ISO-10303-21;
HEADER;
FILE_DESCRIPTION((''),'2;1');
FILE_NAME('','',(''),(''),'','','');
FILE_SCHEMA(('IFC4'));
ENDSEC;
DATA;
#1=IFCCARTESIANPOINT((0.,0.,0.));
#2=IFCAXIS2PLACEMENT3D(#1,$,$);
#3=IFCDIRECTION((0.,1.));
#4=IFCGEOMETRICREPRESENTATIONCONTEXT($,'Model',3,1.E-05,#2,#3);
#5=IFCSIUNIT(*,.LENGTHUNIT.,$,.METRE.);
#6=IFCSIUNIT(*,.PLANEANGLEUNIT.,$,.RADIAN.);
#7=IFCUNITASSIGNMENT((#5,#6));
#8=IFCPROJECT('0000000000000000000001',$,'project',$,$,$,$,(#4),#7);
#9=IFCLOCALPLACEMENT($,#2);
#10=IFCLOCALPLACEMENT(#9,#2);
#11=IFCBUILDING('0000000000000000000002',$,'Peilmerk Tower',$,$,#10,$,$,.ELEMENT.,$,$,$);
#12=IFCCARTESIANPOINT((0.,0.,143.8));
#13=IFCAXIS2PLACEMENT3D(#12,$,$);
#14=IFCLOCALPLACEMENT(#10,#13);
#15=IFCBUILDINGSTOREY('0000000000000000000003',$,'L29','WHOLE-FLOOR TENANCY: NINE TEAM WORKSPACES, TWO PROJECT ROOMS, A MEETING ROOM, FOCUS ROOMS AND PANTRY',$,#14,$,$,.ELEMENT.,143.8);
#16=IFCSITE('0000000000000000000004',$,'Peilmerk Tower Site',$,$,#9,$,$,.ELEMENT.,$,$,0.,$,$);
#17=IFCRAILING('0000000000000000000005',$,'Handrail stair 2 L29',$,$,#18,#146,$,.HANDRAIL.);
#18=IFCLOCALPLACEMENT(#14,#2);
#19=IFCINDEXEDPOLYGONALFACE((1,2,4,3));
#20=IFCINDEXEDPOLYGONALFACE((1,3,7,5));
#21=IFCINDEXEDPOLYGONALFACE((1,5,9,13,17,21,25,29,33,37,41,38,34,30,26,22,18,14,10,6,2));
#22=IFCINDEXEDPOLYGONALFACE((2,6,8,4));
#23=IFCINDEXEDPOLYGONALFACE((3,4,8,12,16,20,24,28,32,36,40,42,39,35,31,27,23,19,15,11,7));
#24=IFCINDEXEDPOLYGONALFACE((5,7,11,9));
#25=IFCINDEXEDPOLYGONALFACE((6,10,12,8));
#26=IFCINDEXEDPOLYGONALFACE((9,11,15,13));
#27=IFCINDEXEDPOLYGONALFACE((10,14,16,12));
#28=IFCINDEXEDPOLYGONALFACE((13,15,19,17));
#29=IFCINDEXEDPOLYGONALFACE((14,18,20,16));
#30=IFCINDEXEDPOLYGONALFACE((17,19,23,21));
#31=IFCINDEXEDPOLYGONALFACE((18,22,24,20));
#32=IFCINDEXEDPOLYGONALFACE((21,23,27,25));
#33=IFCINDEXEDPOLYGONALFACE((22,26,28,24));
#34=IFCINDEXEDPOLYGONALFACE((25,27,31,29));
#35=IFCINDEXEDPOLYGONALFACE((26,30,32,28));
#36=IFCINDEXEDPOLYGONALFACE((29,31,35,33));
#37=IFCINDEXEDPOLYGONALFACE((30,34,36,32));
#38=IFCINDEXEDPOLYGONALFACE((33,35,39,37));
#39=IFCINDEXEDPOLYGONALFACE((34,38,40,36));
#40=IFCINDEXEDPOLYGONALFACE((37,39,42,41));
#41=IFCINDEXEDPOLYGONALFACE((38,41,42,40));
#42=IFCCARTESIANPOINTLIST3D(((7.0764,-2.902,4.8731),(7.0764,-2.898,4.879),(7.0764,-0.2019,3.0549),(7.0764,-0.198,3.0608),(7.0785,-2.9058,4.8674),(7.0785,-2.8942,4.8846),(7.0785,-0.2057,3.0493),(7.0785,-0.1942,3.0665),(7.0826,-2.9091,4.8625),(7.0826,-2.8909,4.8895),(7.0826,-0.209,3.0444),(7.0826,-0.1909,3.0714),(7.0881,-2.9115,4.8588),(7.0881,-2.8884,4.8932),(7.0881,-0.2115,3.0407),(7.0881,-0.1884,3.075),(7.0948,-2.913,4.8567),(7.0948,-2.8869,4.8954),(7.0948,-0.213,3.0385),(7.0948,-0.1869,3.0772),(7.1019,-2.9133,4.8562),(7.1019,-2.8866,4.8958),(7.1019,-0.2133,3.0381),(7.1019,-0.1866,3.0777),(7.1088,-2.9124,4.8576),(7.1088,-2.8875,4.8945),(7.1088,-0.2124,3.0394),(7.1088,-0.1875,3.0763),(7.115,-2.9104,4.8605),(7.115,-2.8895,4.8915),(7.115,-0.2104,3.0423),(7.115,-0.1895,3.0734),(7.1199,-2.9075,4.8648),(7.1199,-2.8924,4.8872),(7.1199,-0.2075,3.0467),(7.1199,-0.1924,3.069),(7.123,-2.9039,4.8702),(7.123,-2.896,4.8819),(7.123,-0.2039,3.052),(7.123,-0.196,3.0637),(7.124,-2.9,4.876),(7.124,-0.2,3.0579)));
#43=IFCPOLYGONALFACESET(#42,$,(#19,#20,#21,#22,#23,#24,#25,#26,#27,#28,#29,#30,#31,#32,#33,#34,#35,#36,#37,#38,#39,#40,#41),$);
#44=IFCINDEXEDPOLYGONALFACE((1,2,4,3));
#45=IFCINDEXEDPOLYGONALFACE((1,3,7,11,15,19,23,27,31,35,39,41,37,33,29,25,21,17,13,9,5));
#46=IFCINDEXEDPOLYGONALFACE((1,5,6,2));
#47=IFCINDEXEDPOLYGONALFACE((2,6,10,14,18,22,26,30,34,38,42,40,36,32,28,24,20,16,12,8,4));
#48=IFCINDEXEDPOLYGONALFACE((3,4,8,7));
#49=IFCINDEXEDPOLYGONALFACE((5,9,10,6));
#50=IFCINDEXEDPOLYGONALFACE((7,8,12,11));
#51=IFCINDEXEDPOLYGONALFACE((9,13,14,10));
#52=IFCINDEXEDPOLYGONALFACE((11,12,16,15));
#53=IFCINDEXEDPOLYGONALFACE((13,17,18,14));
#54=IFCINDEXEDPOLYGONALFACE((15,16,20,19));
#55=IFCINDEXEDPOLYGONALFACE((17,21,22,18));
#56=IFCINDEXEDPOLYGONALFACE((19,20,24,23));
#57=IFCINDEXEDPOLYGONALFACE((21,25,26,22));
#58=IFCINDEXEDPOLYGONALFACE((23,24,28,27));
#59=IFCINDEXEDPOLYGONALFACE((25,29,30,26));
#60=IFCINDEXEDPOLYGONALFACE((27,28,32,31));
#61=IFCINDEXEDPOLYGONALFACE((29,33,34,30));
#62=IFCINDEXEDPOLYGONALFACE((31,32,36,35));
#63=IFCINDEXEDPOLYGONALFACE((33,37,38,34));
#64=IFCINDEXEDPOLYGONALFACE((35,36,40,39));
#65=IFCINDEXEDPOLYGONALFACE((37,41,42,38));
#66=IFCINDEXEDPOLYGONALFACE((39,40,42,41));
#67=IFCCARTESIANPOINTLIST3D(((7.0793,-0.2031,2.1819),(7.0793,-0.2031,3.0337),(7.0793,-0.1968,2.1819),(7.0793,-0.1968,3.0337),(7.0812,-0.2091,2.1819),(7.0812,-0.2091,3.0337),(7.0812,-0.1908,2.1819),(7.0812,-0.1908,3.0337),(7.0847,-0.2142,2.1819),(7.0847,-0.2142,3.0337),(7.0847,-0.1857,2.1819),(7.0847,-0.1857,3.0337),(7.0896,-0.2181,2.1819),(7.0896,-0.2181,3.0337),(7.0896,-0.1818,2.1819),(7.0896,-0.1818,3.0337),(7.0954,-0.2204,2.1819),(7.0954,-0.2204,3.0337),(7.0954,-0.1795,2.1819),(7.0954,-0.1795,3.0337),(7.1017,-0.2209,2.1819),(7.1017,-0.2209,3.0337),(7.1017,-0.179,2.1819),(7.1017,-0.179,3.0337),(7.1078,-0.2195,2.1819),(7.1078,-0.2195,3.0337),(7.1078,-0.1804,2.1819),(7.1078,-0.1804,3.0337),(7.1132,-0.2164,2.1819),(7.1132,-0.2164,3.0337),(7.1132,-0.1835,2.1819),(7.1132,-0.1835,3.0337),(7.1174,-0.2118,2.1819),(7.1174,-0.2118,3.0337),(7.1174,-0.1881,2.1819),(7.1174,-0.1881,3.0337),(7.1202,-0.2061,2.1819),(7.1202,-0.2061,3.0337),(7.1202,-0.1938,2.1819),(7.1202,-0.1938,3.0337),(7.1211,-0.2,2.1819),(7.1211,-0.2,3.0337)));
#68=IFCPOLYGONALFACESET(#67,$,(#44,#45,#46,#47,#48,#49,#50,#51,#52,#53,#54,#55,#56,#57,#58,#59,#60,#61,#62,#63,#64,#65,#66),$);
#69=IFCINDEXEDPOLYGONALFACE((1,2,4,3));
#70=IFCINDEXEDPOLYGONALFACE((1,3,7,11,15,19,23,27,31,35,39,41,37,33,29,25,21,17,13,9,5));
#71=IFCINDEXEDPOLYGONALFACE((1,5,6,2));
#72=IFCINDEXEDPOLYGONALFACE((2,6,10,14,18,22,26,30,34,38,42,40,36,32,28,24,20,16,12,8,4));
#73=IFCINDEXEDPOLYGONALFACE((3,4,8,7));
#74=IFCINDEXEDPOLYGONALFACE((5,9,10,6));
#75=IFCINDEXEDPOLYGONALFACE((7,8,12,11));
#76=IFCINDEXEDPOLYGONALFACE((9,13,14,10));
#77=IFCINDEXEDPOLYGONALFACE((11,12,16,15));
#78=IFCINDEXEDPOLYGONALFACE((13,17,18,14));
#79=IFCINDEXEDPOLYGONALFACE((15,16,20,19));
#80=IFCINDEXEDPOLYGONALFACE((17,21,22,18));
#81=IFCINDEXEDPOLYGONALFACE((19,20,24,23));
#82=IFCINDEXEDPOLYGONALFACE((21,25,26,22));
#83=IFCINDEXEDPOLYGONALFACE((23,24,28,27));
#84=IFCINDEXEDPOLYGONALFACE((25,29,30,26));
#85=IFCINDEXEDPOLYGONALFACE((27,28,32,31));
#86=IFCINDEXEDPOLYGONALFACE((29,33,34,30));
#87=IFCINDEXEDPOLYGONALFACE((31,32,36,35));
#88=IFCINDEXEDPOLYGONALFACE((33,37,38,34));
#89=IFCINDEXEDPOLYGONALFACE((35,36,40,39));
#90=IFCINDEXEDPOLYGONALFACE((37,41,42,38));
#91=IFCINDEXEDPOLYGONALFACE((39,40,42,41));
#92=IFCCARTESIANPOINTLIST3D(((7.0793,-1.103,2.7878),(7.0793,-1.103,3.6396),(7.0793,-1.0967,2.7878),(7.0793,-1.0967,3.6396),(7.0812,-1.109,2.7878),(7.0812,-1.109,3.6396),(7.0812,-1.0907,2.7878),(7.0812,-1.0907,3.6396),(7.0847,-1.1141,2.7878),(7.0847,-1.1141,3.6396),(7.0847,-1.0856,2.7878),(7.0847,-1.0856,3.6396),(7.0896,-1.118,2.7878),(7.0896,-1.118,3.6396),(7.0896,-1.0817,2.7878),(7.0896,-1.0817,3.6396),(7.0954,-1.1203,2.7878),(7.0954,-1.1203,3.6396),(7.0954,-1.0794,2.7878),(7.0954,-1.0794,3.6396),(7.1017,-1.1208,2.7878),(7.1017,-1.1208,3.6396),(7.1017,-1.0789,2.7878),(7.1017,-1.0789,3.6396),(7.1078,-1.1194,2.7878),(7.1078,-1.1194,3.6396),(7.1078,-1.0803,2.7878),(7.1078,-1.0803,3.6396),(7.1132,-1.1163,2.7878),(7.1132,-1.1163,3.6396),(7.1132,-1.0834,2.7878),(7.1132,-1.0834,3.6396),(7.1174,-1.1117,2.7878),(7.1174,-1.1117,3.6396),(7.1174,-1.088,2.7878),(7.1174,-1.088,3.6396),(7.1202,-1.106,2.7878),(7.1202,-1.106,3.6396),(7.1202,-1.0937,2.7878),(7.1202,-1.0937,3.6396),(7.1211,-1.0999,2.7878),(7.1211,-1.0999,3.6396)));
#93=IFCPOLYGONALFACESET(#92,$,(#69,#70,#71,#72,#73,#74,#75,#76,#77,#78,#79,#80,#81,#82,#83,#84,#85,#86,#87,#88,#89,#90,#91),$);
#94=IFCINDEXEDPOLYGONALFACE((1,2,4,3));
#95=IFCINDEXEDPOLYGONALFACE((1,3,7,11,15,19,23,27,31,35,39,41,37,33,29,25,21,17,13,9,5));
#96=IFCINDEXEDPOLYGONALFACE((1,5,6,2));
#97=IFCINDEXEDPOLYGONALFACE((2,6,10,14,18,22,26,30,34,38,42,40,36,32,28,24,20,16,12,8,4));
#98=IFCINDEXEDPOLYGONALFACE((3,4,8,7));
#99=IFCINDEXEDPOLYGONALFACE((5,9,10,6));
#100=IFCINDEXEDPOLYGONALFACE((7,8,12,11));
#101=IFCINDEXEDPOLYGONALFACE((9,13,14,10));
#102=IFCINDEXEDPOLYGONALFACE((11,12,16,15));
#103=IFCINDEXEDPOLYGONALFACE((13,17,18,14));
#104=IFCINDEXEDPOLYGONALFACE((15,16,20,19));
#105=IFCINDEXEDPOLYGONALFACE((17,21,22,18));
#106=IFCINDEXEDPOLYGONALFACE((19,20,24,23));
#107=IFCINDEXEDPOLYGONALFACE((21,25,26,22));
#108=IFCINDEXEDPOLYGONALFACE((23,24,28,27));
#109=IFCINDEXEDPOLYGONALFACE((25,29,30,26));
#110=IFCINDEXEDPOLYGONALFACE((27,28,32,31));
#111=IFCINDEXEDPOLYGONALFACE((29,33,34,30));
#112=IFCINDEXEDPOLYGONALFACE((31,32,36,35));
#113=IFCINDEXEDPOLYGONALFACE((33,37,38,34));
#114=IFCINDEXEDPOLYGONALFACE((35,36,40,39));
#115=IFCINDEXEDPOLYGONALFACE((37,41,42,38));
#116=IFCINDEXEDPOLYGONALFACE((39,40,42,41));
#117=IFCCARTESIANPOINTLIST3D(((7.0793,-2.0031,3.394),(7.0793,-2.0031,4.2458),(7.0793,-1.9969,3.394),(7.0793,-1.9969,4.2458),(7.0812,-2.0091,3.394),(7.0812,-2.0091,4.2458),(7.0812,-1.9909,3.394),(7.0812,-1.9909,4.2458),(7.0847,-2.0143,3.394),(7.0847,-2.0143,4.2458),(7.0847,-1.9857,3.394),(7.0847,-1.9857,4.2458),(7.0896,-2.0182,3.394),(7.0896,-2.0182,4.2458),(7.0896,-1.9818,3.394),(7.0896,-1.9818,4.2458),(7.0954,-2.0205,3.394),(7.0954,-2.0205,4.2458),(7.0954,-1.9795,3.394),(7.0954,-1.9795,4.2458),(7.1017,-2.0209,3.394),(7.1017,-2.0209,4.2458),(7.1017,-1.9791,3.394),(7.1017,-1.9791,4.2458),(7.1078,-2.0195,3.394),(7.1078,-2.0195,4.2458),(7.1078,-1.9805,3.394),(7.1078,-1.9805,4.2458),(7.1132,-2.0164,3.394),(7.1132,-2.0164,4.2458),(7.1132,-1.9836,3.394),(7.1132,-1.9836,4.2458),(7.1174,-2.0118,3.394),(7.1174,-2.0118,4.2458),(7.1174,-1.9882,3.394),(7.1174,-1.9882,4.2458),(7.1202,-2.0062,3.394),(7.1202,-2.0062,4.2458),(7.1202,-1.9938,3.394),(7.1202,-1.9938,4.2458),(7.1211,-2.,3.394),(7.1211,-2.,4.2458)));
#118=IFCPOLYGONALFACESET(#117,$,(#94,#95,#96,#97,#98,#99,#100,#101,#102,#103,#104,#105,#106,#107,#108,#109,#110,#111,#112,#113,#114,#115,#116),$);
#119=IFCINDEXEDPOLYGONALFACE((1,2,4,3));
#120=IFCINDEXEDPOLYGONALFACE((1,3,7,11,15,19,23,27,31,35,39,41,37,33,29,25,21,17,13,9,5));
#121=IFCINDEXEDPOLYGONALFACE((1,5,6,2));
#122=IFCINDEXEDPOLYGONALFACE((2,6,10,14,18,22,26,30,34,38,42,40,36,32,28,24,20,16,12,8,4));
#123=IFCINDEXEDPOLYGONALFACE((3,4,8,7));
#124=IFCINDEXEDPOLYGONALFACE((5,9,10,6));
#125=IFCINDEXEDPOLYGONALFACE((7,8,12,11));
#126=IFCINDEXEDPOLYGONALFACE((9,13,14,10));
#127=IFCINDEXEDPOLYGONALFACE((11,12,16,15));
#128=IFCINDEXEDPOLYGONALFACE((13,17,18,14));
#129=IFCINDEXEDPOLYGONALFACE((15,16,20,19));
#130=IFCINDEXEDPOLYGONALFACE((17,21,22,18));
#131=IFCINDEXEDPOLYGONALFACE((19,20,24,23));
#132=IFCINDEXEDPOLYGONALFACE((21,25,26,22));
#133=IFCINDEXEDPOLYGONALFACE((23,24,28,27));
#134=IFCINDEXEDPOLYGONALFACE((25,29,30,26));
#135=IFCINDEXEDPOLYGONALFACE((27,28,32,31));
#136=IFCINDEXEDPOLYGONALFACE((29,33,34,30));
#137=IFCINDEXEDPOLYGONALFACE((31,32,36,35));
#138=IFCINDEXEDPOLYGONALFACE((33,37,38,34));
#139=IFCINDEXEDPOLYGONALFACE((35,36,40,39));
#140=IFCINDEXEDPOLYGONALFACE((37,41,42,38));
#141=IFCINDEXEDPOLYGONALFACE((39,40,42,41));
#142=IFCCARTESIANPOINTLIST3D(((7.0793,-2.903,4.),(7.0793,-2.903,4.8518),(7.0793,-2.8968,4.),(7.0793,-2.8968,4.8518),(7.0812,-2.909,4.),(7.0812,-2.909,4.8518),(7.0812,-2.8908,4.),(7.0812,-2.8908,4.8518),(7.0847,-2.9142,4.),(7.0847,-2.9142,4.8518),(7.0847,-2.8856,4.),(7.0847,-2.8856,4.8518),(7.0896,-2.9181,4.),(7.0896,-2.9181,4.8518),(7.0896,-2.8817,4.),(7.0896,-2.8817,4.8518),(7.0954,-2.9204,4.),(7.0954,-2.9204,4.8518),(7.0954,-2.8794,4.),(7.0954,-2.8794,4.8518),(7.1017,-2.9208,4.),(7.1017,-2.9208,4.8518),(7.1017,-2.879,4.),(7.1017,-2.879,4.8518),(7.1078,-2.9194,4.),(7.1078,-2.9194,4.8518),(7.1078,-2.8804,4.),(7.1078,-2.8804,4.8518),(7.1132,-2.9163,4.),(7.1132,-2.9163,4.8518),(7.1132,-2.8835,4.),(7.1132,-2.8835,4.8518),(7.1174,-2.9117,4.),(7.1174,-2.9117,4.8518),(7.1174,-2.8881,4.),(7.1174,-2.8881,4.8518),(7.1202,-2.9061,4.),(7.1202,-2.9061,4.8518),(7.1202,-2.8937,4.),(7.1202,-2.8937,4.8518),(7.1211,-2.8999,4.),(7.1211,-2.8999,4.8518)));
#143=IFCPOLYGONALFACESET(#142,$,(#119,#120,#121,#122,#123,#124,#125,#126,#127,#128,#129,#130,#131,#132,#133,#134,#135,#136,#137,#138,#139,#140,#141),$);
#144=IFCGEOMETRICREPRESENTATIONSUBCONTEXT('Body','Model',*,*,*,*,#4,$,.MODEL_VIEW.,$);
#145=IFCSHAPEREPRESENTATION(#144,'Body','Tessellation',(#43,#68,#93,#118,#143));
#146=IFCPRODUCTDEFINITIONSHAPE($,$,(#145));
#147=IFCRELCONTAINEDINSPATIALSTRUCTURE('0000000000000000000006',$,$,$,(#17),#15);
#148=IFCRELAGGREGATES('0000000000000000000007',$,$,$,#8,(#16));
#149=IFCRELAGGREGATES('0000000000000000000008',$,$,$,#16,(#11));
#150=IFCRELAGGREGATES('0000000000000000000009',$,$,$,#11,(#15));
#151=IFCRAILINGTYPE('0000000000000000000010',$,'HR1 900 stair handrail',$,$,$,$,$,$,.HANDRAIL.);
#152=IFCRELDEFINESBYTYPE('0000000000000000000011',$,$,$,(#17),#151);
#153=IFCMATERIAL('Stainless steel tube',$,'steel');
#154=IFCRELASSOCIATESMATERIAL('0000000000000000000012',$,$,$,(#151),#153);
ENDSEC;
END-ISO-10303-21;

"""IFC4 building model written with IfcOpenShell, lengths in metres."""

from ifc_helpers import new_model, si_unit, direction, frame, origin, origin_2d, place, context, subcontext, project, spatial, circle, extrude, material, type_object, element, save


model = new_model("IFC4")

# Units and contexts
model_context = context("Model", 3, precision=1e-05, world=origin(), true_north=direction((0.0, 1.0)))
body_context = subcontext(model_context, "Body", "Model", "MODEL_VIEW")
ifc_project = project(units=[si_unit("LENGTHUNIT", "METRE"), si_unit("PLANEANGLEUNIT", "RADIAN")], contexts=[model_context])

# Site, building, storey
site_placement = place(None, origin())
site = spatial("IfcSite", under=ifc_project, at=site_placement, Name="Peilmerk Tower Site", CompositionType="ELEMENT", RefElevation=0.0)
building_placement = place(site_placement, origin())
building = spatial("IfcBuilding", under=site, at=building_placement, Name="Peilmerk Tower", CompositionType="ELEMENT")
storey_placement = place(building_placement, frame((0.0, 0.0, 143.8)))
storey = spatial("IfcBuildingStorey", under=building, at=storey_placement, Name="L29", Description="WHOLE-FLOOR TENANCY: NINE TEAM WORKSPACES, TWO PROJECT ROOMS, A MEETING ROOM, FOCUS ROOMS AND PANTRY", CompositionType="ELEMENT", Elevation=143.8)

# Railing
ifc_material_1 = material(Name="Stainless steel tube", Category="steel")
railing_type_1 = type_object("IfcRailingType", Name="HR1 900 stair handrail", PredefinedType="HANDRAIL", material=ifc_material_1)
railing_1_placement = place(storey_placement, frame((7.1001, -0.2, 2.1819)))
element("IfcRailing", 1, at=railing_1_placement, inside=storey, type_object=railing_type_1, Name="Handrail stair 2 L29", PredefinedType="HANDRAIL", context=body_context, shape_type="SweptSolid", body=[
    extrude(circle(Radius=0.0239, at=origin_2d()), frame((0.0, 0.0, 0.876), z_axis=(0.0, -0.829468, 0.558554), x_axis=(1.0, 0.0, 0.0)), (0.0, 0.0, 1.0), 3.2551),
    extrude(circle(Radius=0.021, at=origin_2d()), origin(), (0.0, 0.0, 1.0), 0.8518),
    extrude(circle(Radius=0.021, at=origin_2d()), frame((0.0, -0.8999, 0.606)), (0.0, 0.0, 1.0), 0.8518),
    extrude(circle(Radius=0.021, at=origin_2d()), frame((0.0, -1.8, 1.2122)), (0.0, 0.0, 1.0), 0.8518),
    extrude(circle(Radius=0.021, at=origin_2d()), frame((0.0, -2.7, 1.8181)), (0.0, 0.0, 1.0), 0.8518),
])

save(model, "model.ifc")
